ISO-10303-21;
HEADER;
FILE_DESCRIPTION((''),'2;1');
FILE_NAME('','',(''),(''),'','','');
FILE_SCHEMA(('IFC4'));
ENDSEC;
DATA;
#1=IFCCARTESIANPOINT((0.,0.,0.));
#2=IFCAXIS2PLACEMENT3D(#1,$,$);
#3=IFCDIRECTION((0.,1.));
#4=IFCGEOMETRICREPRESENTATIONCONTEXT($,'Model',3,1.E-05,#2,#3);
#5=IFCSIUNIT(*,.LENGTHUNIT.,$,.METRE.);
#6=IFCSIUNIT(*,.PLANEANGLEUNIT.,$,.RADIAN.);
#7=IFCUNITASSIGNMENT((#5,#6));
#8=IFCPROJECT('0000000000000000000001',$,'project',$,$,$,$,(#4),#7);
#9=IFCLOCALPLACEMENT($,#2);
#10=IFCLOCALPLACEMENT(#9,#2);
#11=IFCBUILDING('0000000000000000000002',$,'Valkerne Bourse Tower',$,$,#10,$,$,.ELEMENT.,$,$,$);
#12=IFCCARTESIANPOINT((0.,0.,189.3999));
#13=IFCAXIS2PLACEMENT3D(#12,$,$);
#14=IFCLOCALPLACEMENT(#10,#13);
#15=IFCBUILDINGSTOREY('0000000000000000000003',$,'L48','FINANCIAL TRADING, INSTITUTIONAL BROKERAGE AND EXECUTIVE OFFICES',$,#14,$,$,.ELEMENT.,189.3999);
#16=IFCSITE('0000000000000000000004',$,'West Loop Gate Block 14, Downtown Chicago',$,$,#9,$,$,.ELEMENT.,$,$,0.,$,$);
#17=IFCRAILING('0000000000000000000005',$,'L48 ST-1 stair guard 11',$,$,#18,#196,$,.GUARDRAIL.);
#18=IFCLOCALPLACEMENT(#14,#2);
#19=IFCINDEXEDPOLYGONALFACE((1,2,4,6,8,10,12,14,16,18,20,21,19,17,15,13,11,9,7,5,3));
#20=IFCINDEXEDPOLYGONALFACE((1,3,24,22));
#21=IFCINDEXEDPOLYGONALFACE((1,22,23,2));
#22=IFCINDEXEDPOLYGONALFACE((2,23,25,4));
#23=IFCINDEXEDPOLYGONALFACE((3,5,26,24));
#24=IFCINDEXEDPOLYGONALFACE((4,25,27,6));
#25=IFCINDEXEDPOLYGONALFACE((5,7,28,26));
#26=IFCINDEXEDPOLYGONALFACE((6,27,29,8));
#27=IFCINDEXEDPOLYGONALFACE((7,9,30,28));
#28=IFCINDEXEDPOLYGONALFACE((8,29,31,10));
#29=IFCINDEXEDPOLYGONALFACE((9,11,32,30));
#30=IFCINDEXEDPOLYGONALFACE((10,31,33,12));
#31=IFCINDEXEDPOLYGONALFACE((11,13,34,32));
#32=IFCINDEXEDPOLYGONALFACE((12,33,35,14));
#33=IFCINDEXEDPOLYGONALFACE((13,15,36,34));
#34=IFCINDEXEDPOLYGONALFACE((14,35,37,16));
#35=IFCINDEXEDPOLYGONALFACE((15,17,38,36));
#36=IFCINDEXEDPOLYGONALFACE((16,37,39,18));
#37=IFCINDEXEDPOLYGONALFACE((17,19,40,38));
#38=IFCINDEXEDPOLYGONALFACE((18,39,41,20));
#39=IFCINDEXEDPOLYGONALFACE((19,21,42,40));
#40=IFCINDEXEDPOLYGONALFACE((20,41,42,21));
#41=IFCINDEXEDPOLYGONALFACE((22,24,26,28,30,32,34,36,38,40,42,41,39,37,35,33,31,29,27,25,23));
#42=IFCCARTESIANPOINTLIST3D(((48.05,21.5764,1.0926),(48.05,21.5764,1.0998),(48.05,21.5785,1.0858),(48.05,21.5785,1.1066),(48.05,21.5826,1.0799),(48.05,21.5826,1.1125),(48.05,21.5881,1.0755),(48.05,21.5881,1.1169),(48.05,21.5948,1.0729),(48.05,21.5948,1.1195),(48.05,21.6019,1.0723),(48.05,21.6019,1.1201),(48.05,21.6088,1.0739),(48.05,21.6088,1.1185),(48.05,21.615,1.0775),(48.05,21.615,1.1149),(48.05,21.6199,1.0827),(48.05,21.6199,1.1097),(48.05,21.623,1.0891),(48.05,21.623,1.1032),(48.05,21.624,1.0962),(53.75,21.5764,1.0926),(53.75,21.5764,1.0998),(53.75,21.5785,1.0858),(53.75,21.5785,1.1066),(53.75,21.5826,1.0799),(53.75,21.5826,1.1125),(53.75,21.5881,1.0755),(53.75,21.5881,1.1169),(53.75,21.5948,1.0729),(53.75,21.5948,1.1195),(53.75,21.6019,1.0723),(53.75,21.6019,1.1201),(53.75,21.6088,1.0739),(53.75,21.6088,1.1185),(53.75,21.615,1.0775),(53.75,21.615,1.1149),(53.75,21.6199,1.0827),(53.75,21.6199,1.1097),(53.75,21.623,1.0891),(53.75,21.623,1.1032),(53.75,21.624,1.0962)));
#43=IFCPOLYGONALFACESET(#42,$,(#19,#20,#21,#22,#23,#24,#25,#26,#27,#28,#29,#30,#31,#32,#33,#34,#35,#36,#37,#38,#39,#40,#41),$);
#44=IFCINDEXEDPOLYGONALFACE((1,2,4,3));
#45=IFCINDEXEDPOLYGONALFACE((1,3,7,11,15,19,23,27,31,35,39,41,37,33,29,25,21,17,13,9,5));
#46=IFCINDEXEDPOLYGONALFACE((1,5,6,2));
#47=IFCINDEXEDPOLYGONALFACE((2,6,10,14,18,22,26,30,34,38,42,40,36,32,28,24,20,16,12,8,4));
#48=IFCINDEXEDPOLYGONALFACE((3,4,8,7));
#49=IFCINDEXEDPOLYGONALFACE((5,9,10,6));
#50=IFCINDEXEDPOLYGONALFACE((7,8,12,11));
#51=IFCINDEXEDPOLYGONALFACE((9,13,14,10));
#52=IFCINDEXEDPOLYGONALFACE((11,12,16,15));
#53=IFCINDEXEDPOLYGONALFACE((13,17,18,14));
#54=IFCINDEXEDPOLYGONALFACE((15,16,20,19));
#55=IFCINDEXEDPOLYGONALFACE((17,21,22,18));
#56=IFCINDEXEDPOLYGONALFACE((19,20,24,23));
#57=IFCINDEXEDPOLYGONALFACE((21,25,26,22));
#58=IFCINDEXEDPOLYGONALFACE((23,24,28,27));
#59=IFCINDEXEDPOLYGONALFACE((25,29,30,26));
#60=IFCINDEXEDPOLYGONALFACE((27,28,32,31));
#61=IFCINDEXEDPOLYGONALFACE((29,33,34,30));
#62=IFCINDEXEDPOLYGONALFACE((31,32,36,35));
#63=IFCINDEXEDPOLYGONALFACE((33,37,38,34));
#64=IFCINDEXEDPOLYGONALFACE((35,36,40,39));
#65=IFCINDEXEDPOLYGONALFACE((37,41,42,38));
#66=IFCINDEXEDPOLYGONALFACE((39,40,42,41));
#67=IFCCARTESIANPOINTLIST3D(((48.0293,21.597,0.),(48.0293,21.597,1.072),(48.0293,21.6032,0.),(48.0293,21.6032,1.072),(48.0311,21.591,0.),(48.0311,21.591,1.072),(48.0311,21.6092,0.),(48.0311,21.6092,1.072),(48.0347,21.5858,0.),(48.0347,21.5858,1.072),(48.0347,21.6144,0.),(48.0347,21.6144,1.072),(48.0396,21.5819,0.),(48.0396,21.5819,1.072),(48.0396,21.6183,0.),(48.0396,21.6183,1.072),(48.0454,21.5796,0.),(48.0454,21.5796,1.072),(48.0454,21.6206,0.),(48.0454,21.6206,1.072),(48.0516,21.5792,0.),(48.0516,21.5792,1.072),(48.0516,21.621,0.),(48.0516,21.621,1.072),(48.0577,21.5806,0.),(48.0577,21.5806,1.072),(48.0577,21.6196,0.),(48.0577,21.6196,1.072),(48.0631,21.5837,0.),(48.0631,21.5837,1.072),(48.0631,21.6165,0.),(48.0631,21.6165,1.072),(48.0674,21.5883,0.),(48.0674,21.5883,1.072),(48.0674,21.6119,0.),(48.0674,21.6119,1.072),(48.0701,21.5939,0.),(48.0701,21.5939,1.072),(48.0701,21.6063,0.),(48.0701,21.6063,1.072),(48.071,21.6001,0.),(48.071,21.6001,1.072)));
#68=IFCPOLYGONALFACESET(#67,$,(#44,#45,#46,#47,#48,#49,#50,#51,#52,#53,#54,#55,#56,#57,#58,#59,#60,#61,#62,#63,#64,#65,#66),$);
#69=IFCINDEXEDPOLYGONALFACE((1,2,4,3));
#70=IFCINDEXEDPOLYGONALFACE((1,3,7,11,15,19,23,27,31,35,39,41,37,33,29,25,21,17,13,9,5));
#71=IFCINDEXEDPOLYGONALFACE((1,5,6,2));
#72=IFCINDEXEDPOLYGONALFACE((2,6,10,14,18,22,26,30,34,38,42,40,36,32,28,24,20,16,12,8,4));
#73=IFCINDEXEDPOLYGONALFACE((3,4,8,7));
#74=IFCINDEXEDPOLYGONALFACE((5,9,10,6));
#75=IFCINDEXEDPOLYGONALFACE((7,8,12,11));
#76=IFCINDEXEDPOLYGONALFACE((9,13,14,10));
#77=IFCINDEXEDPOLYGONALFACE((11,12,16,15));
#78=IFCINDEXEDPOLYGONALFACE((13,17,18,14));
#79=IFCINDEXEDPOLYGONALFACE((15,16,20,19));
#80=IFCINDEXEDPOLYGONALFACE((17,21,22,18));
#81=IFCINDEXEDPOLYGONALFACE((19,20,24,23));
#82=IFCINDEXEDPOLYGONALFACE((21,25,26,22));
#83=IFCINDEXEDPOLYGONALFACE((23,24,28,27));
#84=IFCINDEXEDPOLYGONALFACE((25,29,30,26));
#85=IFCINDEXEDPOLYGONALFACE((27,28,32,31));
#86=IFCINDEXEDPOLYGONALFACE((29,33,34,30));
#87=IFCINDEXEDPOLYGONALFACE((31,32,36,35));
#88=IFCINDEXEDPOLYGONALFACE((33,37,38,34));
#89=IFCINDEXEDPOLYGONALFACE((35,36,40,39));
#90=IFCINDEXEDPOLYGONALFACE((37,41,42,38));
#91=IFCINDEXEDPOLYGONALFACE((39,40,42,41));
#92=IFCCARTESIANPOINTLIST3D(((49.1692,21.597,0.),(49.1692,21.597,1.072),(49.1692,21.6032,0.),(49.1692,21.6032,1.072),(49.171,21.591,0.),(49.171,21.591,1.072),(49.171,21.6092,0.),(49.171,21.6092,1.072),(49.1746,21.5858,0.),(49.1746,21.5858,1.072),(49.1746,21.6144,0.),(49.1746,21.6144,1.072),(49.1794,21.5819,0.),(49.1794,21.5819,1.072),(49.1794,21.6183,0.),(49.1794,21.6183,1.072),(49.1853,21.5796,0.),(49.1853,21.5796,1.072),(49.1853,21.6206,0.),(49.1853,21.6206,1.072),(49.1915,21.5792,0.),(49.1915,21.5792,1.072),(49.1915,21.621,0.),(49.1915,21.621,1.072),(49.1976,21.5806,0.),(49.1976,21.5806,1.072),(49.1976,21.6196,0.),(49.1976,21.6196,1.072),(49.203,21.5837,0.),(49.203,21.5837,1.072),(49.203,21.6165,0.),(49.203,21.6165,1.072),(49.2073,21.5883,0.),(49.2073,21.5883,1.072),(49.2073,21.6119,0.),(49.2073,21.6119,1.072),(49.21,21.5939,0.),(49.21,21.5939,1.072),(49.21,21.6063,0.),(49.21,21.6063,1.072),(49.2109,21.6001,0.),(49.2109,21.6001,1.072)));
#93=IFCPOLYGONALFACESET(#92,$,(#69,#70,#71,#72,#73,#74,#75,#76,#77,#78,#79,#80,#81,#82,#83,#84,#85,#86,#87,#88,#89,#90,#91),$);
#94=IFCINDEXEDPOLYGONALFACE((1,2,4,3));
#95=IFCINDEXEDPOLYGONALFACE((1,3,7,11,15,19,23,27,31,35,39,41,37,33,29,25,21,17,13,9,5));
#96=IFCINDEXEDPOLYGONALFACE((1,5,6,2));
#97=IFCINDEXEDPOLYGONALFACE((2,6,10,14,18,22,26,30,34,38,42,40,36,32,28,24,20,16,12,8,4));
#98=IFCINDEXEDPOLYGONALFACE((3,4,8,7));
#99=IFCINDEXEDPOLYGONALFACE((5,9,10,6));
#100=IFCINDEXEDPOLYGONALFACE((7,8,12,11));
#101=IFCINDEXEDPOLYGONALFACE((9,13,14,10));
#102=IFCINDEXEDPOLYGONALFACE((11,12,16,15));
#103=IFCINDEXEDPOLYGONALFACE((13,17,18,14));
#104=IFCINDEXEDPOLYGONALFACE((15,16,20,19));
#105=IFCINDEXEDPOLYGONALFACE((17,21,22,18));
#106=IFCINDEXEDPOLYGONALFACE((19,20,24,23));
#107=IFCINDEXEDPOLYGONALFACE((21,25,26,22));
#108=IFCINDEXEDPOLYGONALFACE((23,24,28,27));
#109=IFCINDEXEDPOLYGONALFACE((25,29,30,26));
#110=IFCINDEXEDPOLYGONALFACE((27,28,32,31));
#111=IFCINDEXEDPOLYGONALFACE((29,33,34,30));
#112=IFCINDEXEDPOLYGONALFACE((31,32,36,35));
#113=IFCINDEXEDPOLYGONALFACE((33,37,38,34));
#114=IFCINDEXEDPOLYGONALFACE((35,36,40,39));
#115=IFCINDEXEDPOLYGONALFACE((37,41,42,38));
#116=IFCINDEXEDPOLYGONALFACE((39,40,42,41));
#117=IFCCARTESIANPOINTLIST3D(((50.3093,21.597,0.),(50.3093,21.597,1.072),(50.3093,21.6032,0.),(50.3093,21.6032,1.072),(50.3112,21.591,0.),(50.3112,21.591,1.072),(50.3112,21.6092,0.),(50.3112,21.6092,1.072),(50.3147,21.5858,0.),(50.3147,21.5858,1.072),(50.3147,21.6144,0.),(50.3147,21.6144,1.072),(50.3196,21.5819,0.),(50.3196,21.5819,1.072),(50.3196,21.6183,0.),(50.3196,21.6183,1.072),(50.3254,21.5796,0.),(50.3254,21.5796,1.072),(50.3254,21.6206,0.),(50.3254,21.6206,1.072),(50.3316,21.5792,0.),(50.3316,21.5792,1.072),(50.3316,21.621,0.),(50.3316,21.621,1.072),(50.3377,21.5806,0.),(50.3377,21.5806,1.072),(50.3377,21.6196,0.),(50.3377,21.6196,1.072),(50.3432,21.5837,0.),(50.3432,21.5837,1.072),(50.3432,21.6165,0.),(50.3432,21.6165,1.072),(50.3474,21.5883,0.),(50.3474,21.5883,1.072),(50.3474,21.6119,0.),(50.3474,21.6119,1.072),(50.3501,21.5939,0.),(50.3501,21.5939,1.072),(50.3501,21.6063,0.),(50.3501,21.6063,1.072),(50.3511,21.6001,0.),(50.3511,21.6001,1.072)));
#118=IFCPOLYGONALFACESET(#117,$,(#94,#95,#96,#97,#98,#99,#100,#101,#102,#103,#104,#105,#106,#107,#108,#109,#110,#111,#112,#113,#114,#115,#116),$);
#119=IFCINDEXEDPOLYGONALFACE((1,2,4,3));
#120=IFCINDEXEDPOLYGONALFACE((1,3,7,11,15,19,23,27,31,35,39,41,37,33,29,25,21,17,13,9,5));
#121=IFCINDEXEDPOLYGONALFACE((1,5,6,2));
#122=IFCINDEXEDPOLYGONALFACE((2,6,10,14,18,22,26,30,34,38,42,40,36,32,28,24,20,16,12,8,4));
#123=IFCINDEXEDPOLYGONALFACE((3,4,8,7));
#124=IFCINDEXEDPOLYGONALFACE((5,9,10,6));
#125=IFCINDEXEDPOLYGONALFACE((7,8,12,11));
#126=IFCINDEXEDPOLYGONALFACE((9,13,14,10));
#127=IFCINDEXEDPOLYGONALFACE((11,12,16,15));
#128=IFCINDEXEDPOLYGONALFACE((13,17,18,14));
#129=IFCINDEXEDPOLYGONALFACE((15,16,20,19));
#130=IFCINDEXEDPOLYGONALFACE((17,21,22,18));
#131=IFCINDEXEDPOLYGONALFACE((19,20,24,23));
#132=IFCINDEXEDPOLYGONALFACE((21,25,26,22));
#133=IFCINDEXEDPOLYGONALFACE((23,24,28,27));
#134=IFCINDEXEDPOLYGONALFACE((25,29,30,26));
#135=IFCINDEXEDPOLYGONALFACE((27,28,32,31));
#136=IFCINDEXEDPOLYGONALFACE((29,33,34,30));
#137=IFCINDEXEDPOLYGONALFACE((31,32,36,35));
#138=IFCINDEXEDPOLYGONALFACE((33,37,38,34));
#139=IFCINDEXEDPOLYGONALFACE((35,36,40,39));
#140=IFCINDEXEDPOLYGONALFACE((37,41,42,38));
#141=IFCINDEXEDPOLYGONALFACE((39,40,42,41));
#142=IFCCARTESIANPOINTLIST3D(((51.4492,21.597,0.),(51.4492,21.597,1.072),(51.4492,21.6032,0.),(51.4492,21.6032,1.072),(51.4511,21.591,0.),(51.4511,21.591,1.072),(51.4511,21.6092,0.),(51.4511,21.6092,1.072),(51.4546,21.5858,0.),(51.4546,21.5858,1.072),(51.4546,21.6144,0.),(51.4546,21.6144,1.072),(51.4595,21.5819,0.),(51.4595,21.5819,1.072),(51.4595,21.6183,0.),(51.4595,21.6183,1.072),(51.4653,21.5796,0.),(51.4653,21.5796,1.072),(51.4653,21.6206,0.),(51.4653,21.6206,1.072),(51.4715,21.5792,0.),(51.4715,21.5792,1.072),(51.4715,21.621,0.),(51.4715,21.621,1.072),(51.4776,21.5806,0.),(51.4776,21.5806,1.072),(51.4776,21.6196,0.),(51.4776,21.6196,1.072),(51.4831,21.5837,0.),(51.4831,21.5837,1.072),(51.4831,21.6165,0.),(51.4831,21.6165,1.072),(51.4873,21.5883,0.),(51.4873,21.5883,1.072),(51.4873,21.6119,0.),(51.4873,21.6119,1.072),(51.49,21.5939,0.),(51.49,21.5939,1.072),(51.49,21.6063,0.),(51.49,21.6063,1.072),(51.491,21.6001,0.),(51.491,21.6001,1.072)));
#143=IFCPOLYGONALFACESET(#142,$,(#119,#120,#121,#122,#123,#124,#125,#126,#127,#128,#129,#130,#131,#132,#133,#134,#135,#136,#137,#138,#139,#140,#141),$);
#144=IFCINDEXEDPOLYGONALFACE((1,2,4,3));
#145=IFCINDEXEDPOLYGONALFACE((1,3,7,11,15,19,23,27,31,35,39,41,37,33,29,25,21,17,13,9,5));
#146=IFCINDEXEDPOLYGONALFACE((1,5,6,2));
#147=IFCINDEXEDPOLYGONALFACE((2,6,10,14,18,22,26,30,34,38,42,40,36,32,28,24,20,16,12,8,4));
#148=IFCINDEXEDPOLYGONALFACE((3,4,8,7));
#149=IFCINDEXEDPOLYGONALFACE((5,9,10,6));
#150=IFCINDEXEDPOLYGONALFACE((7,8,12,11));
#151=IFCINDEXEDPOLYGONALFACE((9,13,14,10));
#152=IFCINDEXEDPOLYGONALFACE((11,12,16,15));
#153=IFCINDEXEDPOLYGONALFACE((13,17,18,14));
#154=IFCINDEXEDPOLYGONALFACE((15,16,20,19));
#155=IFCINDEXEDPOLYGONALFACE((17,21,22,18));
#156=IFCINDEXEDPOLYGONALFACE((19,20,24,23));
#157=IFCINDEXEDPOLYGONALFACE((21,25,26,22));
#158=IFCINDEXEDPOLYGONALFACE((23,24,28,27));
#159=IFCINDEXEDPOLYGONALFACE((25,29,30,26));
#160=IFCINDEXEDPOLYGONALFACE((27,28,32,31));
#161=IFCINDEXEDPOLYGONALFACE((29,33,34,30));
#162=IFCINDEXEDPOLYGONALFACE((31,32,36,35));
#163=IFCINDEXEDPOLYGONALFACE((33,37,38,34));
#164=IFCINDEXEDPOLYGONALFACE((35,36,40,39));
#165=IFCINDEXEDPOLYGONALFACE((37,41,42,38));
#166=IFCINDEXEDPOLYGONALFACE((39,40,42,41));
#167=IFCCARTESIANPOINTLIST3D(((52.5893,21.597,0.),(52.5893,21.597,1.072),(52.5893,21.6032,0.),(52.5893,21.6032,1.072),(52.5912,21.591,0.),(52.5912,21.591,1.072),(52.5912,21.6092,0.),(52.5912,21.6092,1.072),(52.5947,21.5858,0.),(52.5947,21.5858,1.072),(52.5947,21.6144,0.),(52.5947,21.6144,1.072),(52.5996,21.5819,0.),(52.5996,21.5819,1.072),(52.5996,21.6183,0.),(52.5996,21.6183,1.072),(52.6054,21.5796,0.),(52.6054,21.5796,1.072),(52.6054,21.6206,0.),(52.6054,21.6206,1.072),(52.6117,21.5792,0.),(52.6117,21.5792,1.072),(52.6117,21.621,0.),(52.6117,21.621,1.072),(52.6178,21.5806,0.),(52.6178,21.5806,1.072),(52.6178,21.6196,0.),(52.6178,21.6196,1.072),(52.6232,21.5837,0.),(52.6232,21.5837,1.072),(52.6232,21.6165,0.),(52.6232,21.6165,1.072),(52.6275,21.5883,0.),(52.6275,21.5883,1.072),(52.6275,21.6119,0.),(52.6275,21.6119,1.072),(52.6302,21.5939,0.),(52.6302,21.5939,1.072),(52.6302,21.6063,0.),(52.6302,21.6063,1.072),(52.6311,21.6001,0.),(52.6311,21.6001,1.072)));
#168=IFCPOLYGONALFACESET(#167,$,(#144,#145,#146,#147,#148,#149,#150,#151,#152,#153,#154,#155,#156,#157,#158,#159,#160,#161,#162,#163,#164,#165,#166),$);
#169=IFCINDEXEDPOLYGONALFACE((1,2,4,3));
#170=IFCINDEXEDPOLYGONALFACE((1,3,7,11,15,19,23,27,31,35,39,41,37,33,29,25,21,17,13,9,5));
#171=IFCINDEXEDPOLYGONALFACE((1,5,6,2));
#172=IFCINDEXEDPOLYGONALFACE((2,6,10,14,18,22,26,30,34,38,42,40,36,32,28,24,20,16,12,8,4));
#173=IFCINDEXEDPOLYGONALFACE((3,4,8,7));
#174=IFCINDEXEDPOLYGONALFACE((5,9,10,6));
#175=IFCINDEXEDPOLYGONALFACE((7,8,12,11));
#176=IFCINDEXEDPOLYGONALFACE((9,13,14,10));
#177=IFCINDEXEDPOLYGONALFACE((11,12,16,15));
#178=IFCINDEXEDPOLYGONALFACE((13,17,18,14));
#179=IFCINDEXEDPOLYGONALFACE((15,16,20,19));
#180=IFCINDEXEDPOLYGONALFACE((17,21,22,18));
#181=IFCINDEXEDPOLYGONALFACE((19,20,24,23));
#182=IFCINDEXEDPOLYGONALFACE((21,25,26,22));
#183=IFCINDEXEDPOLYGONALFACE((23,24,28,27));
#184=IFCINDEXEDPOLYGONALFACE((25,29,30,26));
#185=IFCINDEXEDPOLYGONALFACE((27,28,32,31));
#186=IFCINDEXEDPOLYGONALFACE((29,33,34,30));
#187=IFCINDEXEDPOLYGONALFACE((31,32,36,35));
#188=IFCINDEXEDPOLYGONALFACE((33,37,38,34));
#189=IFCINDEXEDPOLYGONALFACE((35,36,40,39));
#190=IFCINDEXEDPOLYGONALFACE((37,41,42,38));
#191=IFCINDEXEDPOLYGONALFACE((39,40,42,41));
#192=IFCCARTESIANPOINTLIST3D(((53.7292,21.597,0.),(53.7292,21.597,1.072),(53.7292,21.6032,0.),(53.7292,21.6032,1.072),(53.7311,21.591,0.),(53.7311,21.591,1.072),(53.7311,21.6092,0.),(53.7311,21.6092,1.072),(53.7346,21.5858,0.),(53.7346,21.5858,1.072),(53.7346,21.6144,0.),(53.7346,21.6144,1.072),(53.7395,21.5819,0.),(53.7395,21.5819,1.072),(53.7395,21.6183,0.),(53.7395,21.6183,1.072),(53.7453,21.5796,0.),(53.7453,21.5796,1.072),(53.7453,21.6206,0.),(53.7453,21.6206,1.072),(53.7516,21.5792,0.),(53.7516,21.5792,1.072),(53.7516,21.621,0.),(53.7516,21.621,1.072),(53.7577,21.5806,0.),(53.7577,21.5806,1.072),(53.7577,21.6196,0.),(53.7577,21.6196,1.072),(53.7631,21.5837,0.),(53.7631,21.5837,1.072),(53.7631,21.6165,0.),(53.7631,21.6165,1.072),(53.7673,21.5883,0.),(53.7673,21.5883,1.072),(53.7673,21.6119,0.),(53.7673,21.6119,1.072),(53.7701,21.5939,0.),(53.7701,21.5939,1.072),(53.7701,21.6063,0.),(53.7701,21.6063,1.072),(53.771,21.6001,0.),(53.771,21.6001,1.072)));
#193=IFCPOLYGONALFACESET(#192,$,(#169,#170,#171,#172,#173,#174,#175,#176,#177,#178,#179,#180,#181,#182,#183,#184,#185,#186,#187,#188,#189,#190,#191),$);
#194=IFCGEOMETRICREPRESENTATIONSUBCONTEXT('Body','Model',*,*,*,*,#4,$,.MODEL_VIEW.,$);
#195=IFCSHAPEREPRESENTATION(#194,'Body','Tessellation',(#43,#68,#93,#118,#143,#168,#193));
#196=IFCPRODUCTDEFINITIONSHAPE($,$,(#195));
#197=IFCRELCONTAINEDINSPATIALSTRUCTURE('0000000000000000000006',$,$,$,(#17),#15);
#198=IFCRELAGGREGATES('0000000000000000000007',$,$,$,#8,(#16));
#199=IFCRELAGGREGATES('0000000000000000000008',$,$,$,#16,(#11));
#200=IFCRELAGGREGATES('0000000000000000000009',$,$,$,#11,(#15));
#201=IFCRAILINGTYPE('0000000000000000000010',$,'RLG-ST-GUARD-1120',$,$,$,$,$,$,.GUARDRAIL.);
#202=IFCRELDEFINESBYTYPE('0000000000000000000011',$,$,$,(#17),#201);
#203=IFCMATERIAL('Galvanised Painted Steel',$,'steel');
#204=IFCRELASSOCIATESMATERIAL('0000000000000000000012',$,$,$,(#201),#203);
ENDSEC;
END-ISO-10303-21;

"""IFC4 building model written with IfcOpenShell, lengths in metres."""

from ifc_helpers import new_model, si_unit, direction, frame, origin, origin_2d, place, context, subcontext, project, spatial, circle, extrude, material, type_object, element, save


model = new_model("IFC4")

# Units and contexts
model_context = context("Model", 3, precision=1e-05, world=origin(), true_north=direction((0.0, 1.0)))
body_context = subcontext(model_context, "Body", "Model", "MODEL_VIEW")
ifc_project = project(units=[si_unit("LENGTHUNIT", "METRE"), si_unit("PLANEANGLEUNIT", "RADIAN")], contexts=[model_context])

# Site, building, storey
site_placement = place(None, origin())
site = spatial("IfcSite", under=ifc_project, at=site_placement, Name="West Loop Gate Block 14, Downtown Chicago", CompositionType="ELEMENT", RefElevation=0.0)
building_placement = place(site_placement, origin())
building = spatial("IfcBuilding", under=site, at=building_placement, Name="Valkerne Bourse Tower", CompositionType="ELEMENT")
storey_placement = place(building_placement, frame((0.0, 0.0, 189.3999)))
storey = spatial("IfcBuildingStorey", under=building, at=storey_placement, Name="L48", Description="FINANCIAL TRADING, INSTITUTIONAL BROKERAGE AND EXECUTIVE OFFICES", CompositionType="ELEMENT", Elevation=189.3999)

# Shared definitions
ifc_material_1 = material(Name="Galvanised Painted Steel", Category="steel")

# Railing
railing_type_1 = type_object("IfcRailingType", Name="RLG-ST-GUARD-1120", PredefinedType="GUARDRAIL", material=ifc_material_1)
for number, where, name in (
    (1, (48.05, 21.6001, 0.0), "L48 ST-1 stair guard 11"),
):
    element("IfcRailing", number, at=place(storey_placement, frame(where)), inside=storey, type_object=railing_type_1, Name=name, PredefinedType="GUARDRAIL", context=body_context, shape_type="SweptSolid", body=[
        extrude(circle(Radius=0.0239, at=origin_2d()), frame((0.0, 0.0, 1.0962), z_axis=(1.0, 0.0, 0.0), x_axis=(0.0, 1.0, 0.0)), (0.0, 0.0, 1.0), 5.7),
        extrude(circle(Radius=0.021, at=origin_2d()), origin(), (0.0, 0.0, 1.0), 1.072),
        extrude(circle(Radius=0.021, at=origin_2d()), frame((1.1399, 0.0, 0.0)), (0.0, 0.0, 1.0), 1.072),
        extrude(circle(Radius=0.021, at=origin_2d()), frame((2.28, 0.0, 0.0)), (0.0, 0.0, 1.0), 1.072),
        extrude(circle(Radius=0.021, at=origin_2d()), frame((3.4199, 0.0, 0.0)), (0.0, 0.0, 1.0), 1.072),
        extrude(circle(Radius=0.021, at=origin_2d()), frame((4.5601, 0.0, 0.0)), (0.0, 0.0, 1.0), 1.072),
        extrude(circle(Radius=0.021, at=origin_2d()), frame((5.7, 0.0, 0.0)), (0.0, 0.0, 1.0), 1.072),
    ])

save(model, "model.ifc")
